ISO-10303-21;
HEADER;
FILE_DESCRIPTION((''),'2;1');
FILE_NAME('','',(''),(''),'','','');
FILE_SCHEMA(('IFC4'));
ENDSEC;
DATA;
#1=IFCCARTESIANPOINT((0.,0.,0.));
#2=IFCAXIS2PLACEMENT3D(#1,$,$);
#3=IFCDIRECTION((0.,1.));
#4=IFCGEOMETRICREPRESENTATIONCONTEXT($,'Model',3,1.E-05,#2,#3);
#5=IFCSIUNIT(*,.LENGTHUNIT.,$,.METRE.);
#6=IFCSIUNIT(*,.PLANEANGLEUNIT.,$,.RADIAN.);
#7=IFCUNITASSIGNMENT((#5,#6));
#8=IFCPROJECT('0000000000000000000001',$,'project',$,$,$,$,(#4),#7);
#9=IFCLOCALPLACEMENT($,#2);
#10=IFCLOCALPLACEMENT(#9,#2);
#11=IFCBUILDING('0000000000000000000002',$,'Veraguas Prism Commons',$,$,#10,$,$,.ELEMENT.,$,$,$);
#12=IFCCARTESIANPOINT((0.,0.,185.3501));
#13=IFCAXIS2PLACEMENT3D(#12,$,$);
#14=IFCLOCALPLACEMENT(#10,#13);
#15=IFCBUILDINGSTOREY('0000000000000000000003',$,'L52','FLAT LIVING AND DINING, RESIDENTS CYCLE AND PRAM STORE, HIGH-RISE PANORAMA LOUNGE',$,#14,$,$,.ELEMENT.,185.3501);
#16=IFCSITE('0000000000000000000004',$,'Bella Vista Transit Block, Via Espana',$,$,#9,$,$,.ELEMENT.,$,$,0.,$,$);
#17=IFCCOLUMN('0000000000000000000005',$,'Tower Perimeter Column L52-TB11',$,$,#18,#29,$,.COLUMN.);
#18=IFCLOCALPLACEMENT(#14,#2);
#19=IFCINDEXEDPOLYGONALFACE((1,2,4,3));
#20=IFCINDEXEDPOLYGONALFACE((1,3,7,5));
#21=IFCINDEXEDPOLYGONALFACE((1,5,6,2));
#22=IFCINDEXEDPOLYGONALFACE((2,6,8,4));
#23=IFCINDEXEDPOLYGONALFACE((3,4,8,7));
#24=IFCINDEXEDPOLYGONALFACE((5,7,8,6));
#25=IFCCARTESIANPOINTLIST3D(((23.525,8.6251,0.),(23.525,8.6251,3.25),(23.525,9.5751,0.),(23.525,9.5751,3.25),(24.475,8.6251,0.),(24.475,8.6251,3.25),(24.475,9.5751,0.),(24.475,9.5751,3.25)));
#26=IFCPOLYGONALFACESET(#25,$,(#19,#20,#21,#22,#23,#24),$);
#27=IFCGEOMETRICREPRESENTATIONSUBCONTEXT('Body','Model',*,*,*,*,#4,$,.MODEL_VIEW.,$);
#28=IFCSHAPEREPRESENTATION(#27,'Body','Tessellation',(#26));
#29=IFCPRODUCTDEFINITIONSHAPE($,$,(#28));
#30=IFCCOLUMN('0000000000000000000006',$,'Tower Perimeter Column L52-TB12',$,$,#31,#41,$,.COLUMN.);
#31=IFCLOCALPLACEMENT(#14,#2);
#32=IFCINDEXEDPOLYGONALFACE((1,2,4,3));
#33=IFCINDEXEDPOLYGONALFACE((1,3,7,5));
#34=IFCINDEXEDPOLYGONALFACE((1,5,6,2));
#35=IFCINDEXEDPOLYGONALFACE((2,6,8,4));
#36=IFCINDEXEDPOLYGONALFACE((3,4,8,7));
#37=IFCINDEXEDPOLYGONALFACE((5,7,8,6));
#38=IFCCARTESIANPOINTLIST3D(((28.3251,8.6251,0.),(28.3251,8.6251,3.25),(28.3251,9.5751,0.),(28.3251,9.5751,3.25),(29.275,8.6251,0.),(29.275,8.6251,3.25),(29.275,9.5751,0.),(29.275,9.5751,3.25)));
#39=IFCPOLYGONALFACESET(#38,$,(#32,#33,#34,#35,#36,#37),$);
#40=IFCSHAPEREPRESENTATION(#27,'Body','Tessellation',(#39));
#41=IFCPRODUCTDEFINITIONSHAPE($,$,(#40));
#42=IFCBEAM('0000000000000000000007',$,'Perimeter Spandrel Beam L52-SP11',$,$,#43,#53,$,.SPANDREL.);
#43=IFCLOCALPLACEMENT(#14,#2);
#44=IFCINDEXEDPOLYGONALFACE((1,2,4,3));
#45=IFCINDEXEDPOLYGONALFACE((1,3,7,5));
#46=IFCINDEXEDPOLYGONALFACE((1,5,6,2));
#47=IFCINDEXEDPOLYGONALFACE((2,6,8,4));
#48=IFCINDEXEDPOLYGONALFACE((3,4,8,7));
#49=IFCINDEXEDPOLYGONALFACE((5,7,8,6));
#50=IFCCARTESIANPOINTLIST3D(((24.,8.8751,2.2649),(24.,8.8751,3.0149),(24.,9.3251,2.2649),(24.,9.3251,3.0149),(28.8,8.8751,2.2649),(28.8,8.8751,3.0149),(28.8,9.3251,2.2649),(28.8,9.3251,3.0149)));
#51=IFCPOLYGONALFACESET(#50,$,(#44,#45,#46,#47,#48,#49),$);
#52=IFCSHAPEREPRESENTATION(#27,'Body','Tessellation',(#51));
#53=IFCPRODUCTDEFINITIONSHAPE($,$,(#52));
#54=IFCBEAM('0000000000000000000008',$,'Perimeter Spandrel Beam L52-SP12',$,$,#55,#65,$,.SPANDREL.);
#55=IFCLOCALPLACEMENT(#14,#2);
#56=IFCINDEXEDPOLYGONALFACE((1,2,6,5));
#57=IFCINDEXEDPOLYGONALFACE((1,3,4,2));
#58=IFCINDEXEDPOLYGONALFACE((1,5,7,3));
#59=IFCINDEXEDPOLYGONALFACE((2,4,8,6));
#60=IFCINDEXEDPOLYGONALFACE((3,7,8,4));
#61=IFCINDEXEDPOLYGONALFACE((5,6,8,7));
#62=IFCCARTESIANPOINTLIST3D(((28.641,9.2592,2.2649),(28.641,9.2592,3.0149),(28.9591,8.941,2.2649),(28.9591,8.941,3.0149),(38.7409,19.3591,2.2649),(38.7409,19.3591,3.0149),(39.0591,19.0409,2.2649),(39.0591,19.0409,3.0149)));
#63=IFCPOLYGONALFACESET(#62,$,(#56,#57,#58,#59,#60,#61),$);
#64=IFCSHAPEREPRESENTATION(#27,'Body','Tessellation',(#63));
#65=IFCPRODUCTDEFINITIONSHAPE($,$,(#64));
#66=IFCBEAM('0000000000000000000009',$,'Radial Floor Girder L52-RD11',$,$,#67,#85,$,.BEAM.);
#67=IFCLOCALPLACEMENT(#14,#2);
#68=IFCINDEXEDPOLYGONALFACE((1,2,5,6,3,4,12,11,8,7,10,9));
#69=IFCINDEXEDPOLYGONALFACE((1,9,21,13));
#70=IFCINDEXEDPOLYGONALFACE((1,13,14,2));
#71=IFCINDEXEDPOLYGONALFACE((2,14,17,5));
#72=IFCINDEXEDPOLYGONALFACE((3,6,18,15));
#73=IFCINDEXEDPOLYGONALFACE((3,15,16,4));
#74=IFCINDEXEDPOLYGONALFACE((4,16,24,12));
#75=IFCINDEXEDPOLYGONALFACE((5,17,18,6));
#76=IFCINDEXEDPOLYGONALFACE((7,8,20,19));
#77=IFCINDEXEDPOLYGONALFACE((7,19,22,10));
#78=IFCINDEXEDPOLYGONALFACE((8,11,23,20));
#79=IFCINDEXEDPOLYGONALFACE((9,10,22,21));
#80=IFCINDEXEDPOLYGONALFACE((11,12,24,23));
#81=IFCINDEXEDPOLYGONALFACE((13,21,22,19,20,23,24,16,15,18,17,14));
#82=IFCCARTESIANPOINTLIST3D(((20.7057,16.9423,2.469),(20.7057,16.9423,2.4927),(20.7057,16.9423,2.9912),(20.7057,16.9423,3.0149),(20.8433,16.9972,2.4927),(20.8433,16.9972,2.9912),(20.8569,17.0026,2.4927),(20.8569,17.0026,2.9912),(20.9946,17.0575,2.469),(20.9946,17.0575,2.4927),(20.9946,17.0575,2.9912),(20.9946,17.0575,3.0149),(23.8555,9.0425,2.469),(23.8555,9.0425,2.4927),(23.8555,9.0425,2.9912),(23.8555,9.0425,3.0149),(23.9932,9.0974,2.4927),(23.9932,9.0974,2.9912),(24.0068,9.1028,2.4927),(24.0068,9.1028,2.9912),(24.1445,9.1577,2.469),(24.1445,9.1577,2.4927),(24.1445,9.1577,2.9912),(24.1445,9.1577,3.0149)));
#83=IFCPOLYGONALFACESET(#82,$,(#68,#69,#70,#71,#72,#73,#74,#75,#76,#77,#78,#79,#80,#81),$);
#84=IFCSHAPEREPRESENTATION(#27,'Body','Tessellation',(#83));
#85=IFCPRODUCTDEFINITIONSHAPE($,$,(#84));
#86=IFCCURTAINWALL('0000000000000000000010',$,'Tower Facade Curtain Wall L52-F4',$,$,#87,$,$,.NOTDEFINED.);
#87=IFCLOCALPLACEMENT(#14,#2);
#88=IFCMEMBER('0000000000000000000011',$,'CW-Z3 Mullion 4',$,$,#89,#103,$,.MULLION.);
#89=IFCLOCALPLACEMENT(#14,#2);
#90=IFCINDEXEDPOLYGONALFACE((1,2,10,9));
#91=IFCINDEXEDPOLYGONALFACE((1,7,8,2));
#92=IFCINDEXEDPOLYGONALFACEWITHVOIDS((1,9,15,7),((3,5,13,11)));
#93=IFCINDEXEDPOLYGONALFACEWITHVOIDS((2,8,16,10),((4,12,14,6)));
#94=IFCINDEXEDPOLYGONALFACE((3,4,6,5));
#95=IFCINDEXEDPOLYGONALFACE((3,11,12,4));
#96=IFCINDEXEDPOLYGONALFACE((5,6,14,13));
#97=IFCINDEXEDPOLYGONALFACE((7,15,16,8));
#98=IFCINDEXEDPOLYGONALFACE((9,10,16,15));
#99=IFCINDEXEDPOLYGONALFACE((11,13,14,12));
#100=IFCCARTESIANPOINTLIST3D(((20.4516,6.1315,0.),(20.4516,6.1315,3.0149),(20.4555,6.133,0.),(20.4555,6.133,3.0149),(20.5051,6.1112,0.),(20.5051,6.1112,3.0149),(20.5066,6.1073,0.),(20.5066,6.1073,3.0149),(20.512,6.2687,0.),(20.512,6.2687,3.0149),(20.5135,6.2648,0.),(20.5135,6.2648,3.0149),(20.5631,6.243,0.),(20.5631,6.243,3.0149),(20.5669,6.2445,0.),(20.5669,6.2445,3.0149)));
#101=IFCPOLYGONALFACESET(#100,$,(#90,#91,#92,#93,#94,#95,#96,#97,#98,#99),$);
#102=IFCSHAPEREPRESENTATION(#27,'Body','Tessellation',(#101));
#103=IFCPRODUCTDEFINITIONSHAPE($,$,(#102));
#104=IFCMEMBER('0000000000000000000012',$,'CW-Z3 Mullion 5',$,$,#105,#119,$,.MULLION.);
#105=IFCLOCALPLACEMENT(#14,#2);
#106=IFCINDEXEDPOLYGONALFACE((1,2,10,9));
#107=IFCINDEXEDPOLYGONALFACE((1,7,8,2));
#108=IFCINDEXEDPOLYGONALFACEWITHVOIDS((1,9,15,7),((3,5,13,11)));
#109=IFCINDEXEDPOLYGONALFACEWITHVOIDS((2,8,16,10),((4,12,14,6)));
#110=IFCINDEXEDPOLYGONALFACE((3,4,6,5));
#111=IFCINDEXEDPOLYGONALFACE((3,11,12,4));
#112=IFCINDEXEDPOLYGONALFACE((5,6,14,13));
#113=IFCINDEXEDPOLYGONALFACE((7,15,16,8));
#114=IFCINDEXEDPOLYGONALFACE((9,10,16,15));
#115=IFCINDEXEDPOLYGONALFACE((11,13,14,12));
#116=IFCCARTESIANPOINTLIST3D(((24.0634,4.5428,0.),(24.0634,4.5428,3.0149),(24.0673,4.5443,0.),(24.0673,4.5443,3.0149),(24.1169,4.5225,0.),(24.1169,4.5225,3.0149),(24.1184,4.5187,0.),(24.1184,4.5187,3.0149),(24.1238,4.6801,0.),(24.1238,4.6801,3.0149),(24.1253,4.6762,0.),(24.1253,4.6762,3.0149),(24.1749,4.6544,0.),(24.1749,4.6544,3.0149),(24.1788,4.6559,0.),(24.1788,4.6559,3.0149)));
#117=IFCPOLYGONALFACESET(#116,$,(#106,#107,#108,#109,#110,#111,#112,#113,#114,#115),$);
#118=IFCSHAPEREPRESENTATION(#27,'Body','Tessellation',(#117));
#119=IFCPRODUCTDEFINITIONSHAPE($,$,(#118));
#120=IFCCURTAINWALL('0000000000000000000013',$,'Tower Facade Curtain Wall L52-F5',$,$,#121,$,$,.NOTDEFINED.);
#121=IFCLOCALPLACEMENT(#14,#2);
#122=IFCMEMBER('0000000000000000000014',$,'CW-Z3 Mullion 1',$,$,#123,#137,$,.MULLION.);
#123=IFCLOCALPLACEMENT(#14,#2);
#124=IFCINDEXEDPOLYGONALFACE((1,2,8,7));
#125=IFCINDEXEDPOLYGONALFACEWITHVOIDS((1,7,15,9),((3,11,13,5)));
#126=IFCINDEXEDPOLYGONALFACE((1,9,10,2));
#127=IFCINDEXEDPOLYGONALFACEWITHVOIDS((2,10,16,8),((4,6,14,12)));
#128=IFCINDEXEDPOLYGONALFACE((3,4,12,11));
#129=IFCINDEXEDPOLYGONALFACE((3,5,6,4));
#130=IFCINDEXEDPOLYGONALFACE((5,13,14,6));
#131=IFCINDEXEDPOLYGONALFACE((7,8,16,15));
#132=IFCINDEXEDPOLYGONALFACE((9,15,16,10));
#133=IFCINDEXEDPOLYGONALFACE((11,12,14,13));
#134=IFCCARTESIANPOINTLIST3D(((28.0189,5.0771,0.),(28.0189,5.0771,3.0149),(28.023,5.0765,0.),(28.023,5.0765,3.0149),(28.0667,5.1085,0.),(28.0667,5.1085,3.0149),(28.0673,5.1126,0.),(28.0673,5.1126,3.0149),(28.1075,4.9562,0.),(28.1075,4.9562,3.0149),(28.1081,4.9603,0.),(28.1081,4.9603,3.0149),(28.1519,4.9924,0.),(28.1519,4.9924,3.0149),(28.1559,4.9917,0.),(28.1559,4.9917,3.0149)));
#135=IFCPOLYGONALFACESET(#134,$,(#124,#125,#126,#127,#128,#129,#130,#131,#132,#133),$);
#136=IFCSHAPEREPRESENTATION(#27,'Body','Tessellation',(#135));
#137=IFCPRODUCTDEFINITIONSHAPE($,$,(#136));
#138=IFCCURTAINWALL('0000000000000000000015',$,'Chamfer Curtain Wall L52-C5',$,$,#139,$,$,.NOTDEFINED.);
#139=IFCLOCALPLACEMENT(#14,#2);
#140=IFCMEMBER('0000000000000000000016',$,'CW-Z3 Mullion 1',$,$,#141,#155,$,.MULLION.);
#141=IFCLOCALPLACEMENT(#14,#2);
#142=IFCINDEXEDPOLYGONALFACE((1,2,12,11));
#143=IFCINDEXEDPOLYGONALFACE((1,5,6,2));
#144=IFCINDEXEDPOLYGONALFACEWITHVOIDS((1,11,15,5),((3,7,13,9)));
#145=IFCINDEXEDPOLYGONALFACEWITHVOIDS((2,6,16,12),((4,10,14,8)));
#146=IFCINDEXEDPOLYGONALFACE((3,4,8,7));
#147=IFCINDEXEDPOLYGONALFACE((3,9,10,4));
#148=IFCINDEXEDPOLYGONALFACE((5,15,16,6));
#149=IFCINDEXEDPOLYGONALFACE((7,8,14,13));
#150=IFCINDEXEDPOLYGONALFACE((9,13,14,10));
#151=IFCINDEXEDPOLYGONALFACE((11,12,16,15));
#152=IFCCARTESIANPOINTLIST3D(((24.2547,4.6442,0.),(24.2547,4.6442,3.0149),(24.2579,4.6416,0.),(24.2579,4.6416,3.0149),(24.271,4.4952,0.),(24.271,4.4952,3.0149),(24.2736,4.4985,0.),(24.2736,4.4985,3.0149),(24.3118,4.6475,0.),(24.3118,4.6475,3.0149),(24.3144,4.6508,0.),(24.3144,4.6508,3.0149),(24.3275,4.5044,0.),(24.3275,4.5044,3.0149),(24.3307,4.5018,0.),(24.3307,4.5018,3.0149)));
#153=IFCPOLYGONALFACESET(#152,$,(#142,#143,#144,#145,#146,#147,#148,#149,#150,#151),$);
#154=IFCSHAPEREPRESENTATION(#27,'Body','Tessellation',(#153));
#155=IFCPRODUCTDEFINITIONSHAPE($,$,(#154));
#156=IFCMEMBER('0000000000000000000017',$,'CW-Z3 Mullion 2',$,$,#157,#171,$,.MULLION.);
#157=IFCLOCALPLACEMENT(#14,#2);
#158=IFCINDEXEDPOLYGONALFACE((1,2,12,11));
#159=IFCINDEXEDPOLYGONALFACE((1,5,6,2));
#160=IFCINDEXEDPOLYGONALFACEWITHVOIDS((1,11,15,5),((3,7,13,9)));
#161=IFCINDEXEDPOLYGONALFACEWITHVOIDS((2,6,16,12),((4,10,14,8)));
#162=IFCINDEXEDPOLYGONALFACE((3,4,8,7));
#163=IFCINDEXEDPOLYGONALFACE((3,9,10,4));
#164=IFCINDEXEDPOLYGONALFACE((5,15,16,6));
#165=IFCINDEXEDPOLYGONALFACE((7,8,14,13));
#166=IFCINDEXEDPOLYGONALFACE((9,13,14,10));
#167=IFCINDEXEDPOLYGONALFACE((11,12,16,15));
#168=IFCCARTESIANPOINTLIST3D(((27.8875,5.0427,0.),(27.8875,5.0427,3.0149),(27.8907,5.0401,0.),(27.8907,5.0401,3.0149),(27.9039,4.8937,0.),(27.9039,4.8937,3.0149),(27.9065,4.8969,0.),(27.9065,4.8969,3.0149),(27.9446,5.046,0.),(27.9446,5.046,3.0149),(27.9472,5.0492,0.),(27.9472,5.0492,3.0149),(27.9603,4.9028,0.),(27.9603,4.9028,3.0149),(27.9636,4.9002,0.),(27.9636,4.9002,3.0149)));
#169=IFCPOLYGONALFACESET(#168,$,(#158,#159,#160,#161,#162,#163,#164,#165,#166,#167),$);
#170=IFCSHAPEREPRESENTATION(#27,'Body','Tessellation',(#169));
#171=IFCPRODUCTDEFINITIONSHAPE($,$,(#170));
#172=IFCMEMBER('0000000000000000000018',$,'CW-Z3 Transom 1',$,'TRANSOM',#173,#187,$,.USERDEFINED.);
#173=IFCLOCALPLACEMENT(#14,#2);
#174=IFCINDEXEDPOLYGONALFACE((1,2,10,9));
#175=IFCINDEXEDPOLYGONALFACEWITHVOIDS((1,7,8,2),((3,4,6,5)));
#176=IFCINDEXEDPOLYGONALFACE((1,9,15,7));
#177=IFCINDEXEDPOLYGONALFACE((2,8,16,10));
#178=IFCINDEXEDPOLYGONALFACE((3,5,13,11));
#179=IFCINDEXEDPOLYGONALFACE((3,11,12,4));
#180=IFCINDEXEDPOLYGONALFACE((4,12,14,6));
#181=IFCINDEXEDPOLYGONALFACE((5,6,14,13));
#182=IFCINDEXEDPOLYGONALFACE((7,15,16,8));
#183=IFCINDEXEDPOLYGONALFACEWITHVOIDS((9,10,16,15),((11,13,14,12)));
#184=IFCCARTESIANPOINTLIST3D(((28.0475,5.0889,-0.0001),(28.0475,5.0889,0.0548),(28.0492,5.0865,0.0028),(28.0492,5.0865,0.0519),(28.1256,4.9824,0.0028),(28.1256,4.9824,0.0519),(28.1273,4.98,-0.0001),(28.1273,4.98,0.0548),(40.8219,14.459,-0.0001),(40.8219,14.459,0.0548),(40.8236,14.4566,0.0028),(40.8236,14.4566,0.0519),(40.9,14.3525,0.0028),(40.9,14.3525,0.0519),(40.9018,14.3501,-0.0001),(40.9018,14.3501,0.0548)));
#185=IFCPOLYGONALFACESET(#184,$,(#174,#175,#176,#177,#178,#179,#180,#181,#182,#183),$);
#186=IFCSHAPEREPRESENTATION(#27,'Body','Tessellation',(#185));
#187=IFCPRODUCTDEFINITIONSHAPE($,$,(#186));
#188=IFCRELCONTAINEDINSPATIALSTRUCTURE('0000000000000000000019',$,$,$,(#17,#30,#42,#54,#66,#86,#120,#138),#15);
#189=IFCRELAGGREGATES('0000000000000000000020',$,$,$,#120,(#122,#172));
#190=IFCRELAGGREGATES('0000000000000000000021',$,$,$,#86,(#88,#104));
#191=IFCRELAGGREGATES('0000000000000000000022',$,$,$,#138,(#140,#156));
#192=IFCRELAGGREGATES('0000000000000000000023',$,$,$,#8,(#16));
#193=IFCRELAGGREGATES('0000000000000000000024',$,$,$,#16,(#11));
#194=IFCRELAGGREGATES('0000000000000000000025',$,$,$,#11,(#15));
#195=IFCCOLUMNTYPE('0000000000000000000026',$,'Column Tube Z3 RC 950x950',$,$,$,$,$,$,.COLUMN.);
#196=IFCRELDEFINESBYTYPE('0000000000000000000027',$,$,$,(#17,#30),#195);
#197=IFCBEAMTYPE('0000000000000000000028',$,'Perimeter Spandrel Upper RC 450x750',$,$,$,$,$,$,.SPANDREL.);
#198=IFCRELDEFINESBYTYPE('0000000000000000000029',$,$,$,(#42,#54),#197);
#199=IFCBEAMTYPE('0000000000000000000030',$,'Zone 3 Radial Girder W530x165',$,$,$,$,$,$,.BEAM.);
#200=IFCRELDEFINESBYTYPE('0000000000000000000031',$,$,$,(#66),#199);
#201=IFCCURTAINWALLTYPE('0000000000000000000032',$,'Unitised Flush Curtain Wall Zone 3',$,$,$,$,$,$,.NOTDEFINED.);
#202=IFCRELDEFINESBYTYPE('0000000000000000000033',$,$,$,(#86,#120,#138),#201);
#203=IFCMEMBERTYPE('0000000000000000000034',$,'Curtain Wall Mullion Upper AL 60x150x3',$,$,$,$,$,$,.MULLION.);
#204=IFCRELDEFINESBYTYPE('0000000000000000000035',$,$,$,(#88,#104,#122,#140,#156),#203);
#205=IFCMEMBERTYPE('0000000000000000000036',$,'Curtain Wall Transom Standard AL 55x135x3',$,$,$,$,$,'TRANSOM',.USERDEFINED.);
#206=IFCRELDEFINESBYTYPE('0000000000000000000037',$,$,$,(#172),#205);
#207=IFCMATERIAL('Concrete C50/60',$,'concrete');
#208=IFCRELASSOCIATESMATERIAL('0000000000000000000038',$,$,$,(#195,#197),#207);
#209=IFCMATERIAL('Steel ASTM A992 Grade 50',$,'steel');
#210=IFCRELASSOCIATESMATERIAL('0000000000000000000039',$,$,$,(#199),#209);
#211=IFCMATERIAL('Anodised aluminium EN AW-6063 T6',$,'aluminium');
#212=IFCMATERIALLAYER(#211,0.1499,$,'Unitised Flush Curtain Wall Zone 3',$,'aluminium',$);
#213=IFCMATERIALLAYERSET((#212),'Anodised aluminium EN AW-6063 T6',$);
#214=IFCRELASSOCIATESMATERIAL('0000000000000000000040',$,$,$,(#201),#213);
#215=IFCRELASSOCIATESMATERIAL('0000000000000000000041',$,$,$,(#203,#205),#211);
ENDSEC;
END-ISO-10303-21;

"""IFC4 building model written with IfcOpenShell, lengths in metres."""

from ifc_helpers import new_model, si_unit, direction, frame, origin, origin_2d, place, context, subcontext, project, spatial, rectangle, hollow_rectangle, i_section, extrude, source, transform, mapped, material, layer, layer_set, material_profile, profile_set, type_object, element, aggregate, save


model = new_model("IFC4")

# Units and contexts
model_context = context("Model", 3, precision=1e-05, world=origin(), true_north=direction((0.0, 1.0)))
body_context = subcontext(model_context, "Body", "Model", "MODEL_VIEW")
ifc_project = project(units=[si_unit("LENGTHUNIT", "METRE"), si_unit("PLANEANGLEUNIT", "RADIAN")], contexts=[model_context])

# Site, building, storey
site_placement = place(None, origin())
site = spatial("IfcSite", under=ifc_project, at=site_placement, Name="Bella Vista Transit Block, Via Espana", CompositionType="ELEMENT", RefElevation=0.0)
building_placement = place(site_placement, origin())
building = spatial("IfcBuilding", under=site, at=building_placement, Name="Veraguas Prism Commons", CompositionType="ELEMENT")
storey_placement = place(building_placement, frame((0.0, 0.0, 185.3501)))
storey = spatial("IfcBuildingStorey", under=building, at=storey_placement, Name="L52", Description="FLAT LIVING AND DINING, RESIDENTS CYCLE AND PRAM STORE, HIGH-RISE PANORAMA LOUNGE", CompositionType="ELEMENT", Elevation=185.3501)

# Columns
ifc_material_1 = material(Name="Concrete C50/60", Category="concrete")
ifc_material_profile_1 = material_profile(ifc_material_1, rectangle(XDim=0.95, YDim=0.95, at=origin_2d()), Name="RC950X950")
ifc_profile_set_1 = profile_set([ifc_material_profile_1], Name="Concrete C50/60")
column_type = type_object("IfcColumnType", Name="Column Tube Z3 RC 950x950", PredefinedType="COLUMN", material=ifc_profile_set_1)
for number, where, z_axis, x_axis, name in (
    (1, (24.0, 9.1001, 0.0), (0.0, 0.0, 1.0), (1.0, 0.0, 0.0), "Tower Perimeter Column L52-TB11"),
    (2, (28.8, 9.1001, 0.0), (0.0, 0.0, 1.0), (1.0, 0.0, 0.0), "Tower Perimeter Column L52-TB12"),
):
    element("IfcColumn", number, at=place(storey_placement, frame(where, z_axis=z_axis, x_axis=x_axis)), inside=storey, type_object=column_type, Name=name, PredefinedType="COLUMN", context=body_context, shape_type="SweptSolid", body=[
        extrude(rectangle(XDim=0.95, YDim=0.95, at=origin_2d()), origin(), (0.0, 0.0, 1.0), 3.25),
    ])

# Beams
ifc_material_profile_2 = material_profile(ifc_material_1, rectangle(XDim=0.45, YDim=0.75, at=origin_2d()), Name="RC450X750")
ifc_profile_set_2 = profile_set([ifc_material_profile_2], Name="Concrete C50/60")
beam_type_1 = type_object("IfcBeamType", Name="Perimeter Spandrel Upper RC 450x750", PredefinedType="SPANDREL", material=ifc_profile_set_2)
beam_1_placement = place(storey_placement, frame((24.0, 9.1001, 2.6399), z_axis=(1.0, 0.0, 0.0), x_axis=(0.0, 1.0, 0.0)))
element("IfcBeam", 3, at=beam_1_placement, inside=storey, type_object=beam_type_1, Name="Perimeter Spandrel Beam L52-SP11", PredefinedType="SPANDREL", context=body_context, shape_type="SweptSolid", body=[
    extrude(rectangle(XDim=0.45, YDim=0.75, at=origin_2d()), origin(), (0.0, 0.0, 1.0), 4.8),
])
beam_2_placement = place(storey_placement, frame((28.8, 9.1001, 2.6399), z_axis=(0.707107, 0.707107, 0.0), x_axis=(-0.707107, 0.707107, 0.0)))
element("IfcBeam", 4, at=beam_2_placement, inside=storey, type_object=beam_type_1, Name="Perimeter Spandrel Beam L52-SP12", PredefinedType="SPANDREL", context=body_context, shape_type="SweptSolid", body=[
    extrude(rectangle(XDim=0.45, YDim=0.75, at=origin_2d()), origin(), (0.0, 0.0, 1.0), 14.2834),
])
ifc_material_2 = material(Name="Steel ASTM A992 Grade 50", Category="steel")
ifc_material_profile_3 = material_profile(ifc_material_2, i_section(OverallWidth=0.311, OverallDepth=0.5459, WebThickness=0.0146, FlangeThickness=0.0237, at=origin_2d()), Name="W530X165")
ifc_profile_set_3 = profile_set([ifc_material_profile_3], Name="Steel ASTM A992 Grade 50")
beam_type_2 = type_object("IfcBeamType", Name="Zone 3 Radial Girder W530x165", PredefinedType="BEAM", material=ifc_profile_set_3)
beam_3_placement = place(storey_placement, frame((24.0, 9.1001, 2.7419), z_axis=(-0.370371, 0.928884, 0.0), x_axis=(-0.928884, -0.370371, 0.0)))
element("IfcBeam", 5, at=beam_3_placement, inside=storey, type_object=beam_type_2, Name="Radial Floor Girder L52-RD11", PredefinedType="BEAM", context=body_context, shape_type="SweptSolid", body=[
    extrude(i_section(OverallWidth=0.311, OverallDepth=0.5459, WebThickness=0.0146, FlangeThickness=0.0237, at=origin_2d()), origin(), (0.0, 0.0, 1.0), 8.5046),
])

# Curtain wall, members
ifc_material_3 = material(Name="Anodised aluminium EN AW-6063 T6", Category="aluminium")
ifc_layer_1 = layer(ifc_material_3, 0.1499, Name="Unitised Flush Curtain Wall Zone 3", Category="aluminium")
ifc_layer_set_1 = layer_set([ifc_layer_1], Name="Anodised aluminium EN AW-6063 T6")
curtain_wall_type = type_object("IfcCurtainWallType", Name="Unitised Flush Curtain Wall Zone 3", PredefinedType="NOTDEFINED", material=ifc_layer_set_1)
curtain_wall_1_placement = place(storey_placement, origin())
curtain_wall_1 = element("IfcCurtainWall", 6, at=curtain_wall_1_placement, inside=storey, type_object=curtain_wall_type, Name="Tower Facade Curtain Wall L52-F4", PredefinedType="NOTDEFINED")
ifc_material_profile_4 = material_profile(ifc_material_3, hollow_rectangle(XDim=0.0601, YDim=0.1499, WallThickness=0.0029, at=origin_2d()), Name="AL60X150X3")
ifc_profile_set_4 = profile_set([ifc_material_profile_4], Name="Anodised aluminium EN AW-6063 T6")
member_type_1 = type_object("IfcMemberType", Name="Curtain Wall Mullion Upper AL 60x150x3", PredefinedType="MULLION", material=ifc_profile_set_4)
shared_shape_1 = source(origin(), body_context, "Body", "SweptSolid", [
    extrude(hollow_rectangle(XDim=0.0601, YDim=0.1499, WallThickness=0.0029, at=origin_2d()), origin(), (0.0, 0.0, 1.0), 3.0149),
])
member_1_placement = place(storey_placement, frame((20.5093, 6.188, 0.0), z_axis=(0.0, 0.0, 1.0), x_axis=(0.915385, -0.402581, 0.0)))
member_1 = element("IfcMember", 7, at=member_1_placement, type_object=member_type_1, Name="CW-Z3 Mullion 4", PredefinedType="MULLION", context=body_context, shape_type="MappedRepresentation", body=[
    mapped(shared_shape_1, transform((0.0, 0.0, 0.0), scale=1.0)),
])
member_2_placement = place(storey_placement, frame((24.1211, 4.5994, 0.0), z_axis=(0.0, 0.0, 1.0), x_axis=(0.915385, -0.402581, 0.0)))
member_2 = element("IfcMember", 8, at=member_2_placement, type_object=member_type_1, Name="CW-Z3 Mullion 5", PredefinedType="MULLION", context=body_context, shape_type="MappedRepresentation", body=[
    mapped(shared_shape_1, transform((0.0, 0.0, 0.0), scale=1.0)),
])

# Curtain wall, member
curtain_wall_2_placement = place(storey_placement, origin())
curtain_wall_2 = element("IfcCurtainWall", 9, at=curtain_wall_2_placement, inside=storey, type_object=curtain_wall_type, Name="Tower Facade Curtain Wall L52-F5", PredefinedType="NOTDEFINED")
member_3_placement = place(storey_placement, frame((28.0874, 5.0344, 0.0), z_axis=(0.0, 0.0, 1.0), x_axis=(0.806341, 0.59145, 0.0)))
member_3 = element("IfcMember", 10, at=member_3_placement, type_object=member_type_1, Name="CW-Z3 Mullion 1", PredefinedType="MULLION", context=body_context, shape_type="MappedRepresentation", body=[
    mapped(shared_shape_1, transform((0.0, 0.0, 0.0), scale=1.0)),
])

# Curtain wall, members
curtain_wall_3_placement = place(storey_placement, origin())
curtain_wall_3 = element("IfcCurtainWall", 11, at=curtain_wall_3_placement, inside=storey, type_object=curtain_wall_type, Name="Chamfer Curtain Wall L52-C5", PredefinedType="NOTDEFINED")
member_4_placement = place(storey_placement, frame((24.2927, 4.573, 0.0), z_axis=(0.0, 0.0, 1.0), x_axis=(0.994035, 0.109061, 0.0)))
member_4 = element("IfcMember", 12, at=member_4_placement, type_object=member_type_1, Name="CW-Z3 Mullion 1", PredefinedType="MULLION", context=body_context, shape_type="MappedRepresentation", body=[
    mapped(shared_shape_1, transform((0.0, 0.0, 0.0), scale=1.0)),
])
member_5_placement = place(storey_placement, frame((27.9255, 4.9714, 0.0), z_axis=(0.0, 0.0, 1.0), x_axis=(0.994035, 0.109061, 0.0)))
member_5 = element("IfcMember", 13, at=member_5_placement, type_object=member_type_1, Name="CW-Z3 Mullion 2", PredefinedType="MULLION", context=body_context, shape_type="MappedRepresentation", body=[
    mapped(shared_shape_1, transform((0.0, 0.0, 0.0), scale=1.0)),
])

# Member
ifc_material_profile_5 = material_profile(ifc_material_3, hollow_rectangle(XDim=0.0549, YDim=0.135, WallThickness=0.0029, at=origin_2d()), Name="AL55X135X3")
ifc_profile_set_5 = profile_set([ifc_material_profile_5], Name="Anodised aluminium EN AW-6063 T6")
member_type_2 = type_object("IfcMemberType", Name="Curtain Wall Transom Standard AL 55x135x3", ElementType="TRANSOM", PredefinedType="USERDEFINED", material=ifc_profile_set_5)
shared_shape_2 = source(origin(), body_context, "Body", "SweptSolid", [
    extrude(hollow_rectangle(XDim=0.0549, YDim=0.135, WallThickness=0.0029, at=origin_2d()), origin(), (0.0, 0.0, 1.0), 15.8425),
])
member_6_placement = place(storey_placement, frame((28.0874, 5.0344, 0.0273), z_axis=(0.806338, 0.591455, 0.0), x_axis=(0.0, 0.0, 1.0)))
member_6 = element("IfcMember", 14, at=member_6_placement, type_object=member_type_2, Name="CW-Z3 Transom 1", ObjectType="TRANSOM", PredefinedType="USERDEFINED", context=body_context, shape_type="MappedRepresentation", body=[
    mapped(shared_shape_2, transform((0.0, 0.0, 0.0), scale=1.0)),
])
aggregate(curtain_wall_2, [member_3, member_6])

aggregate(curtain_wall_1, [member_1, member_2])
aggregate(curtain_wall_3, [member_4, member_5])

save(model, "model.ifc")
